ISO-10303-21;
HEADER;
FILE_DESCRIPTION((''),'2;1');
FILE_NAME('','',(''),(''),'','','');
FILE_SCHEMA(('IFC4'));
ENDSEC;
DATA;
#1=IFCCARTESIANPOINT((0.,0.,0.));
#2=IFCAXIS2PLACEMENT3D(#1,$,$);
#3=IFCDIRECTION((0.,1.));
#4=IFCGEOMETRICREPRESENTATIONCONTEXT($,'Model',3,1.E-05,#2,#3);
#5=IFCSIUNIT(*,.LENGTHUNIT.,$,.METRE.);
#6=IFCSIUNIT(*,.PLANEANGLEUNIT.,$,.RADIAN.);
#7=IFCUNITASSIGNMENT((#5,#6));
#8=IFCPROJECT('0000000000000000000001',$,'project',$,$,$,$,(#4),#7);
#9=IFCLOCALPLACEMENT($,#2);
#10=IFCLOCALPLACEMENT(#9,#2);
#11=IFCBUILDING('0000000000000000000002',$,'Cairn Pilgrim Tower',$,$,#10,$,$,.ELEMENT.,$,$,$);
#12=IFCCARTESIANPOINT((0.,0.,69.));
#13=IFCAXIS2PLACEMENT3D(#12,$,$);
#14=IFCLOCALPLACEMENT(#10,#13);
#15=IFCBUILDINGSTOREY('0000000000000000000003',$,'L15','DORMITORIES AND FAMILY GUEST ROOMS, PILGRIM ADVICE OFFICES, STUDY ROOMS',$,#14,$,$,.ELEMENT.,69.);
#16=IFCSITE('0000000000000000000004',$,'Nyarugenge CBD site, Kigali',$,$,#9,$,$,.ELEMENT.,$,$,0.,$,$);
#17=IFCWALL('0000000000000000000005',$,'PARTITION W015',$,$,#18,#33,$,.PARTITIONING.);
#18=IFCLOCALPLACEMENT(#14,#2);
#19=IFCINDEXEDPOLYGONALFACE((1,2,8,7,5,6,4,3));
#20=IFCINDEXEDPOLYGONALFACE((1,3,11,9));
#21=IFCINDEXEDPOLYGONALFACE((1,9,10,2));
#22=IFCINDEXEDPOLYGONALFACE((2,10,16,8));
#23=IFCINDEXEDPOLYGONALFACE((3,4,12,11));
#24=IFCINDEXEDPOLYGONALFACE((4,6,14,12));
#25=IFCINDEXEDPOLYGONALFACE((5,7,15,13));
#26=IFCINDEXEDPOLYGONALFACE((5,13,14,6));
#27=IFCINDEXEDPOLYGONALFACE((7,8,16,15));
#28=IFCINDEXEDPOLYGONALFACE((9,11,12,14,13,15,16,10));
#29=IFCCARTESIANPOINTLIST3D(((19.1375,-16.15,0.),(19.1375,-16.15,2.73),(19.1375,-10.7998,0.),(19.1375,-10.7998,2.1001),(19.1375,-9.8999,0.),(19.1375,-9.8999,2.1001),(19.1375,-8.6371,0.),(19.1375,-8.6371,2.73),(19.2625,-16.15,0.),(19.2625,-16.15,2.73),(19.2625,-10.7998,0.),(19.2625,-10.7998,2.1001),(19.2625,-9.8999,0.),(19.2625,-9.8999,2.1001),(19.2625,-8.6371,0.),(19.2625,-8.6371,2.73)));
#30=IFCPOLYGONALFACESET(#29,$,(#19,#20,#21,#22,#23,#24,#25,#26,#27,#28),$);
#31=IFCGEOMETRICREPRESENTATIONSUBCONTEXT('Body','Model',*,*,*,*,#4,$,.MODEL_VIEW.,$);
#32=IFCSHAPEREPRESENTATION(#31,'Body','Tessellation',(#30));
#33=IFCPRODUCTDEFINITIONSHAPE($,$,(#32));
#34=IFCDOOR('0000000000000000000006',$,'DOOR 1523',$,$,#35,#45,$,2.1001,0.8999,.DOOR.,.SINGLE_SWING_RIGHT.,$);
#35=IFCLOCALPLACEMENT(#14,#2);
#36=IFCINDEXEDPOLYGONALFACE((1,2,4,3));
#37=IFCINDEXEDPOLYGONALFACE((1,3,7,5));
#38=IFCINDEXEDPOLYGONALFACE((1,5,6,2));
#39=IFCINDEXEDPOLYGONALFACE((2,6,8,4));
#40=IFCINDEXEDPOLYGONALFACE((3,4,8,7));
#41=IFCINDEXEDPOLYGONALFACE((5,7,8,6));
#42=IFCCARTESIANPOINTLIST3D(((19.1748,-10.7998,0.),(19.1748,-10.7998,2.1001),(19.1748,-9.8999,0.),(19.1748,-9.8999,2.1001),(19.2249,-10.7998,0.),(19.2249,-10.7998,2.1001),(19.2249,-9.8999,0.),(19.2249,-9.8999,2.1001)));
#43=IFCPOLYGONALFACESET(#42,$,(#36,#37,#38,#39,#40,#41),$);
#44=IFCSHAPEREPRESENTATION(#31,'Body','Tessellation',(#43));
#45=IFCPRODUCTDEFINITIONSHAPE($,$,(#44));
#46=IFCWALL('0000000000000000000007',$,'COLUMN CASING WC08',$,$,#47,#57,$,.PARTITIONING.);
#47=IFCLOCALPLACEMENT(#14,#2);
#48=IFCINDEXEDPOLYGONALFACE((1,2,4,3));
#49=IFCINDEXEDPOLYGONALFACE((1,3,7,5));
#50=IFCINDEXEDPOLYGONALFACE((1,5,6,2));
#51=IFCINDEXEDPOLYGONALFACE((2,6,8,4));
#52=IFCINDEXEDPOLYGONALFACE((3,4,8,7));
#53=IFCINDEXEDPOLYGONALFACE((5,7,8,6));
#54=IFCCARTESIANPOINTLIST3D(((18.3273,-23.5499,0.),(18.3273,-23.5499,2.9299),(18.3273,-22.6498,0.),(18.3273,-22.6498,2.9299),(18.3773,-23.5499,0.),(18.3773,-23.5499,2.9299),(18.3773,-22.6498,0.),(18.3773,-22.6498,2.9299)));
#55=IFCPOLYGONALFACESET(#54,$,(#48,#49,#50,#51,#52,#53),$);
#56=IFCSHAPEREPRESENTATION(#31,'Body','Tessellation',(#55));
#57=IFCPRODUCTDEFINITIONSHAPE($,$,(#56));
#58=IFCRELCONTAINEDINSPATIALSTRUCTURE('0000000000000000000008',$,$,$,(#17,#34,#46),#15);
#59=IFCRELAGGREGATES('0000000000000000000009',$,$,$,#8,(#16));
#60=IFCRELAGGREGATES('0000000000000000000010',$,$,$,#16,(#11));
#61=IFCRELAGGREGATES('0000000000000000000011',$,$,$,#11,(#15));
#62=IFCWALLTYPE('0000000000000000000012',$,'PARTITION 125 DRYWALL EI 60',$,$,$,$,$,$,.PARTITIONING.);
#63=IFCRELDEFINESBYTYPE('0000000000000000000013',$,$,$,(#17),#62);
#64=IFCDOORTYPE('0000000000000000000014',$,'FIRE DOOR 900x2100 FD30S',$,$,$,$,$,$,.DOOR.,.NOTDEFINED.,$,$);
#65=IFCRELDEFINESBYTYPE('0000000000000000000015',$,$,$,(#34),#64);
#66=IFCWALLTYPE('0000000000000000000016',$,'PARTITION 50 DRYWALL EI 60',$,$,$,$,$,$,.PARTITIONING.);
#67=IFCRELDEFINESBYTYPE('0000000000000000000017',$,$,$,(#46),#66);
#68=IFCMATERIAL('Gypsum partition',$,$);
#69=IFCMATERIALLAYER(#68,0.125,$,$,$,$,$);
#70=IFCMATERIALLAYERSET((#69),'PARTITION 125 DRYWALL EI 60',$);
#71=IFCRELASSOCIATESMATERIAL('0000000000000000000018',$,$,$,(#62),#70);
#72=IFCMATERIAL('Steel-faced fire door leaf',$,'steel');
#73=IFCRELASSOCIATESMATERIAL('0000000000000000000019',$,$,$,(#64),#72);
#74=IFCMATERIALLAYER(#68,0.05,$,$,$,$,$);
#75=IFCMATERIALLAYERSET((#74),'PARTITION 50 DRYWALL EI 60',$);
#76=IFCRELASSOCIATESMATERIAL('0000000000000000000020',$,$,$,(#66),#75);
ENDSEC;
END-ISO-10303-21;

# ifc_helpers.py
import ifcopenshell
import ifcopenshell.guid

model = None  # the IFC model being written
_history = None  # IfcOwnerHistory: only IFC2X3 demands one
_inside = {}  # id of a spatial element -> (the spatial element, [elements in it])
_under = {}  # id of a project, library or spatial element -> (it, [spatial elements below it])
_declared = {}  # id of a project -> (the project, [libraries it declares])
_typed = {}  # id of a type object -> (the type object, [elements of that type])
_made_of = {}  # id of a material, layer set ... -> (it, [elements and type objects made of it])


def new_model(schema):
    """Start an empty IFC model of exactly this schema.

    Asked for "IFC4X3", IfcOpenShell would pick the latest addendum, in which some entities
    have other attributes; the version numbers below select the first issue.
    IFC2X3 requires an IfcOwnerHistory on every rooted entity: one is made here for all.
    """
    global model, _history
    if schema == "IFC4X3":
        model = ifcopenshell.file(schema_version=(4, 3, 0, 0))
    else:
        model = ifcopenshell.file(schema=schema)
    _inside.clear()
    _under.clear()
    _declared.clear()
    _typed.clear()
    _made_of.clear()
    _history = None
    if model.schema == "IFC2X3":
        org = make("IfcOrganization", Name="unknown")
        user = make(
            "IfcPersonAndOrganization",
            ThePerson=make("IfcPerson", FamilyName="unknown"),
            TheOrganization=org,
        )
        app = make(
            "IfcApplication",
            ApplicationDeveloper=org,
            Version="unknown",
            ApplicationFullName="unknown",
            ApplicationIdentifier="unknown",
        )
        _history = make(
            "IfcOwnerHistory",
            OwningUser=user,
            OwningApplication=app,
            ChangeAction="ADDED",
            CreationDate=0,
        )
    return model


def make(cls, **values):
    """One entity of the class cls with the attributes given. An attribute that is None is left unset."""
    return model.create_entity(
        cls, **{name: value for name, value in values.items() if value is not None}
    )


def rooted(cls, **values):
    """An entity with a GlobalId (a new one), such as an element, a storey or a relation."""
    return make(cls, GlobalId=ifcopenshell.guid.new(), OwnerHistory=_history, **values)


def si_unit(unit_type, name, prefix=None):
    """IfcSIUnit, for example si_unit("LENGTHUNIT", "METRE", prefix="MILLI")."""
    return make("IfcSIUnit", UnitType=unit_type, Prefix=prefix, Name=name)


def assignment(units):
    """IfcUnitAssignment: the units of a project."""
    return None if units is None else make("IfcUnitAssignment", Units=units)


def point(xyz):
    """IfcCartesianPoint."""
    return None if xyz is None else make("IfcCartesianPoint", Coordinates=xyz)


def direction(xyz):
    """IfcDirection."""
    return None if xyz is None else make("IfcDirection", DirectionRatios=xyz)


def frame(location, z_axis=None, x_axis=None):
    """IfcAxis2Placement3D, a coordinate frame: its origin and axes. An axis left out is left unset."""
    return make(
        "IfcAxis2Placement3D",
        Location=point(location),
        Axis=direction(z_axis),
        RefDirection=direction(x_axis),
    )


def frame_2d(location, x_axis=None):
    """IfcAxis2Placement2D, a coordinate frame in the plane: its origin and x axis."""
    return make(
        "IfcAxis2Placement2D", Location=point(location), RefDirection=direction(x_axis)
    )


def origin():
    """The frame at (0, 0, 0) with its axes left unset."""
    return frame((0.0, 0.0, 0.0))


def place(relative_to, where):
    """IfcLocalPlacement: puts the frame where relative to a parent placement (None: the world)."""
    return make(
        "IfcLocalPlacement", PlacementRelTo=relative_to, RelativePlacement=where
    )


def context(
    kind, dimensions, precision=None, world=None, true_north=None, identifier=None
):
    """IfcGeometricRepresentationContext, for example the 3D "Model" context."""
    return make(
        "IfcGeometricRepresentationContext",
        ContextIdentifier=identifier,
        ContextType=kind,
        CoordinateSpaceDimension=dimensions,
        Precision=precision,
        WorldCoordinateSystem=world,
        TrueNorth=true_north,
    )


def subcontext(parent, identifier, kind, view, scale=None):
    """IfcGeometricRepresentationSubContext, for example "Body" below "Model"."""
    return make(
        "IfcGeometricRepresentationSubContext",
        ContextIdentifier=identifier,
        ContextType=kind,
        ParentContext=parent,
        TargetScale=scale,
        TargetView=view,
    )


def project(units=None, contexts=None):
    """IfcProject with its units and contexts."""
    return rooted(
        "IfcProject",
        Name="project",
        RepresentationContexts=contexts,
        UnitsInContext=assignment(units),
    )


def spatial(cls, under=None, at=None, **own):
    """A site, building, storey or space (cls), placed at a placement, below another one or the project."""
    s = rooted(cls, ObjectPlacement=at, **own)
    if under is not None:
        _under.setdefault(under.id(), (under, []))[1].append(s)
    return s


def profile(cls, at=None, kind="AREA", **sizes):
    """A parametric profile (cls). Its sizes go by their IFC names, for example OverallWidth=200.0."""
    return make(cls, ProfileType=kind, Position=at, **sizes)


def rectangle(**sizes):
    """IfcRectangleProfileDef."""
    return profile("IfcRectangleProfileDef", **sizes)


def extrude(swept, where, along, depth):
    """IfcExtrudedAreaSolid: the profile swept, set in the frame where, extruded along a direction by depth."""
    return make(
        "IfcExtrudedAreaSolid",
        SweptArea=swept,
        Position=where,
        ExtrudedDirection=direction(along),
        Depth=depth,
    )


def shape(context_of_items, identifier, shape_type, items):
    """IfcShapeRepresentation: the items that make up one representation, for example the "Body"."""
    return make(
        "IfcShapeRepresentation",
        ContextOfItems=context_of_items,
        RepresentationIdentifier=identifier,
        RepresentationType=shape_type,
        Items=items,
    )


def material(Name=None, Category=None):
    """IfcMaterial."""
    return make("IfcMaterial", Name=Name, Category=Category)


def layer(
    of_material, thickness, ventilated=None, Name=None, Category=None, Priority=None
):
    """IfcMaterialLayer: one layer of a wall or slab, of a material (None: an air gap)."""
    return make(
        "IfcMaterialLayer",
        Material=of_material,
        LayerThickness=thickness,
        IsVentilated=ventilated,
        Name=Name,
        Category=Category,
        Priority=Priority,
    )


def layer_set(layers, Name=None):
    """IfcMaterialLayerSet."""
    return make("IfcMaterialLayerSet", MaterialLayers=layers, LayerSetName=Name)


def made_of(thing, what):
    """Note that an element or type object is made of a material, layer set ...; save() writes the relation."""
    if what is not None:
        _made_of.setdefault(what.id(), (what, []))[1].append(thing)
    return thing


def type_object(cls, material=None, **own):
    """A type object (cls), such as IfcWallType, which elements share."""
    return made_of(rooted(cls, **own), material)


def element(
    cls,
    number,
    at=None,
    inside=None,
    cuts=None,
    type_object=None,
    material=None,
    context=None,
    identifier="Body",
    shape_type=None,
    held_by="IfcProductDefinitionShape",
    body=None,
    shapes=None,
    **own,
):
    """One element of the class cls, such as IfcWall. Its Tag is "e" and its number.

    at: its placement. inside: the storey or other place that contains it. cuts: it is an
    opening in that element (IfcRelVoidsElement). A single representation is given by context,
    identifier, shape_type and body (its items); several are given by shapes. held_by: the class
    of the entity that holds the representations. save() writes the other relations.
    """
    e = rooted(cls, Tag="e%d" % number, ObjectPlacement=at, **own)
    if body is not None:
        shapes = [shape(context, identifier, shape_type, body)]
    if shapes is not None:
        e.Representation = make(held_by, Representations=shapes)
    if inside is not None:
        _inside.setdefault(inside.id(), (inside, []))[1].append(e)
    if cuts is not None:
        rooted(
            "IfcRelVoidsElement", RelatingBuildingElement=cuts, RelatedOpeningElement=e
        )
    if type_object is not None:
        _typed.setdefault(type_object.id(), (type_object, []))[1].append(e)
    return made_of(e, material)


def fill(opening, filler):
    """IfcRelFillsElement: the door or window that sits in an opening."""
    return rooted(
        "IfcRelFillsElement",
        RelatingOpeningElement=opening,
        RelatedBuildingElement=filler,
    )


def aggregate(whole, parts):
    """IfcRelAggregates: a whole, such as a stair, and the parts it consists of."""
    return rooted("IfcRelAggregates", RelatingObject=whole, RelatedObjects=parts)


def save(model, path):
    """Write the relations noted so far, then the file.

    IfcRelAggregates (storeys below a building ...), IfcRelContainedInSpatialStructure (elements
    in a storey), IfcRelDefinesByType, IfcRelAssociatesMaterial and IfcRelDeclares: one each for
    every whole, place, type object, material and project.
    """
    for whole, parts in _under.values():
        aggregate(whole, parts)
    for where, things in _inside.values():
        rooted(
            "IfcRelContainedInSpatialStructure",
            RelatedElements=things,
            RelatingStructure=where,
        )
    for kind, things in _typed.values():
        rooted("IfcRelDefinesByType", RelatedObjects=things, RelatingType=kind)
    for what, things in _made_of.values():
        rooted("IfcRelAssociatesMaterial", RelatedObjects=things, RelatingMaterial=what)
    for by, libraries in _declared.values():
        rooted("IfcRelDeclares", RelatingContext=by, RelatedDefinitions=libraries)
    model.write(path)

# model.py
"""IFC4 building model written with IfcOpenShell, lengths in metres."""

from ifc_helpers import new_model, si_unit, direction, frame, frame_2d, origin, place, context, subcontext, project, spatial, rectangle, extrude, material, layer, layer_set, type_object, element, fill, save


model = new_model("IFC4")

# Units and contexts
model_context = context("Model", 3, precision=1e-05, world=origin(), true_north=direction((0.0, 1.0)))
body_context = subcontext(model_context, "Body", "Model", "MODEL_VIEW")
ifc_project = project(units=[si_unit("LENGTHUNIT", "METRE"), si_unit("PLANEANGLEUNIT", "RADIAN")], contexts=[model_context])

# Site, building, storey
site_placement = place(None, origin())
site = spatial("IfcSite", under=ifc_project, at=site_placement, Name="Nyarugenge CBD site, Kigali", CompositionType="ELEMENT", RefElevation=0.0)
building_placement = place(site_placement, origin())
building = spatial("IfcBuilding", under=site, at=building_placement, Name="Cairn Pilgrim Tower", CompositionType="ELEMENT")
storey_placement = place(building_placement, frame((0.0, 0.0, 69.0)))
storey = spatial("IfcBuildingStorey", under=building, at=storey_placement, Name="L15", Description="DORMITORIES AND FAMILY GUEST ROOMS, PILGRIM ADVICE OFFICES, STUDY ROOMS", CompositionType="ELEMENT", Elevation=69.0)

# Shared definitions
ifc_material_1 = material(Name="Gypsum partition")
ifc_layer_1 = layer(ifc_material_1, 0.125)
ifc_layer_set_1 = layer_set([ifc_layer_1], Name="PARTITION 125 DRYWALL EI 60")
wall_type_1 = type_object("IfcWallType", Name="PARTITION 125 DRYWALL EI 60", PredefinedType="PARTITIONING", material=ifc_layer_set_1)

# Wall, opening, door
wall_1_placement = place(storey_placement, frame((19.2, -16.1499, 0.0), z_axis=(0.0, 0.0, 1.0), x_axis=(0.0, 1.0, 0.0)))
wall_1 = element("IfcWall", 1, at=wall_1_placement, inside=storey, type_object=wall_type_1, Name="PARTITION W015", PredefinedType="PARTITIONING", context=body_context, shape_type="SweptSolid", body=[
    extrude(rectangle(XDim=7.5129, YDim=0.125, at=frame_2d((3.7563, 0.0))), origin(), (0.0, 0.0, 1.0), 2.73),
])
opening_placement = place(wall_1_placement, frame((5.3501, 0.0, 0.0)))
opening = element("IfcOpeningElement", 2, at=opening_placement, cuts=wall_1, PredefinedType="OPENING", context=body_context, shape_type="SweptSolid", body=[
    extrude(rectangle(XDim=0.8999, YDim=2.1001, at=frame_2d((0.45, 1.05))), frame((0.0, 0.0725, 0.0), z_axis=(0.0, -1.0, 0.0), x_axis=(1.0, 0.0, 0.0)), (0.0, 0.0, 1.0), 0.145),
])
ifc_material_2 = material(Name="Steel-faced fire door leaf", Category="steel")
door_type = type_object("IfcDoorType", Name="FIRE DOOR 900x2100 FD30S", OperationType="NOTDEFINED", PredefinedType="DOOR", material=ifc_material_2)
door_placement = place(opening_placement, frame((0.8999, 0.0, 0.0), z_axis=(0.0, 0.0, 1.0), x_axis=(-1.0, 0.0, 0.0)))
door = element("IfcDoor", 3, at=door_placement, inside=storey, type_object=door_type, Name="DOOR 1523", OperationType="SINGLE_SWING_RIGHT", OverallHeight=2.1001, OverallWidth=0.8999, PredefinedType="DOOR", context=body_context, shape_type="SweptSolid", body=[
    extrude(rectangle(XDim=0.8999, YDim=2.1001, at=frame_2d((0.45, 1.05))), frame((0.0, 0.0249, 0.0), z_axis=(0.0, -1.0, 0.0), x_axis=(1.0, 0.0, 0.0)), (0.0, 0.0, 1.0), 0.05),
])
fill(opening, door)

# Wall
ifc_layer_2 = layer(ifc_material_1, 0.05)
ifc_layer_set_2 = layer_set([ifc_layer_2], Name="PARTITION 50 DRYWALL EI 60")
wall_type_2 = type_object("IfcWallType", Name="PARTITION 50 DRYWALL EI 60", PredefinedType="PARTITIONING", material=ifc_layer_set_2)
wall_2_placement = place(storey_placement, frame((18.3523, -23.55, 0.0), z_axis=(0.0, 0.0, 1.0), x_axis=(0.0, 1.0, 0.0)))
element("IfcWall", 4, at=wall_2_placement, inside=storey, type_object=wall_type_2, Name="COLUMN CASING WC08", PredefinedType="PARTITIONING", context=body_context, shape_type="SweptSolid", body=[
    extrude(rectangle(XDim=0.9001, YDim=0.05, at=frame_2d((0.4502, 0.0))), origin(), (0.0, 0.0, 1.0), 2.9299),
])

save(model, "model.ifc")
